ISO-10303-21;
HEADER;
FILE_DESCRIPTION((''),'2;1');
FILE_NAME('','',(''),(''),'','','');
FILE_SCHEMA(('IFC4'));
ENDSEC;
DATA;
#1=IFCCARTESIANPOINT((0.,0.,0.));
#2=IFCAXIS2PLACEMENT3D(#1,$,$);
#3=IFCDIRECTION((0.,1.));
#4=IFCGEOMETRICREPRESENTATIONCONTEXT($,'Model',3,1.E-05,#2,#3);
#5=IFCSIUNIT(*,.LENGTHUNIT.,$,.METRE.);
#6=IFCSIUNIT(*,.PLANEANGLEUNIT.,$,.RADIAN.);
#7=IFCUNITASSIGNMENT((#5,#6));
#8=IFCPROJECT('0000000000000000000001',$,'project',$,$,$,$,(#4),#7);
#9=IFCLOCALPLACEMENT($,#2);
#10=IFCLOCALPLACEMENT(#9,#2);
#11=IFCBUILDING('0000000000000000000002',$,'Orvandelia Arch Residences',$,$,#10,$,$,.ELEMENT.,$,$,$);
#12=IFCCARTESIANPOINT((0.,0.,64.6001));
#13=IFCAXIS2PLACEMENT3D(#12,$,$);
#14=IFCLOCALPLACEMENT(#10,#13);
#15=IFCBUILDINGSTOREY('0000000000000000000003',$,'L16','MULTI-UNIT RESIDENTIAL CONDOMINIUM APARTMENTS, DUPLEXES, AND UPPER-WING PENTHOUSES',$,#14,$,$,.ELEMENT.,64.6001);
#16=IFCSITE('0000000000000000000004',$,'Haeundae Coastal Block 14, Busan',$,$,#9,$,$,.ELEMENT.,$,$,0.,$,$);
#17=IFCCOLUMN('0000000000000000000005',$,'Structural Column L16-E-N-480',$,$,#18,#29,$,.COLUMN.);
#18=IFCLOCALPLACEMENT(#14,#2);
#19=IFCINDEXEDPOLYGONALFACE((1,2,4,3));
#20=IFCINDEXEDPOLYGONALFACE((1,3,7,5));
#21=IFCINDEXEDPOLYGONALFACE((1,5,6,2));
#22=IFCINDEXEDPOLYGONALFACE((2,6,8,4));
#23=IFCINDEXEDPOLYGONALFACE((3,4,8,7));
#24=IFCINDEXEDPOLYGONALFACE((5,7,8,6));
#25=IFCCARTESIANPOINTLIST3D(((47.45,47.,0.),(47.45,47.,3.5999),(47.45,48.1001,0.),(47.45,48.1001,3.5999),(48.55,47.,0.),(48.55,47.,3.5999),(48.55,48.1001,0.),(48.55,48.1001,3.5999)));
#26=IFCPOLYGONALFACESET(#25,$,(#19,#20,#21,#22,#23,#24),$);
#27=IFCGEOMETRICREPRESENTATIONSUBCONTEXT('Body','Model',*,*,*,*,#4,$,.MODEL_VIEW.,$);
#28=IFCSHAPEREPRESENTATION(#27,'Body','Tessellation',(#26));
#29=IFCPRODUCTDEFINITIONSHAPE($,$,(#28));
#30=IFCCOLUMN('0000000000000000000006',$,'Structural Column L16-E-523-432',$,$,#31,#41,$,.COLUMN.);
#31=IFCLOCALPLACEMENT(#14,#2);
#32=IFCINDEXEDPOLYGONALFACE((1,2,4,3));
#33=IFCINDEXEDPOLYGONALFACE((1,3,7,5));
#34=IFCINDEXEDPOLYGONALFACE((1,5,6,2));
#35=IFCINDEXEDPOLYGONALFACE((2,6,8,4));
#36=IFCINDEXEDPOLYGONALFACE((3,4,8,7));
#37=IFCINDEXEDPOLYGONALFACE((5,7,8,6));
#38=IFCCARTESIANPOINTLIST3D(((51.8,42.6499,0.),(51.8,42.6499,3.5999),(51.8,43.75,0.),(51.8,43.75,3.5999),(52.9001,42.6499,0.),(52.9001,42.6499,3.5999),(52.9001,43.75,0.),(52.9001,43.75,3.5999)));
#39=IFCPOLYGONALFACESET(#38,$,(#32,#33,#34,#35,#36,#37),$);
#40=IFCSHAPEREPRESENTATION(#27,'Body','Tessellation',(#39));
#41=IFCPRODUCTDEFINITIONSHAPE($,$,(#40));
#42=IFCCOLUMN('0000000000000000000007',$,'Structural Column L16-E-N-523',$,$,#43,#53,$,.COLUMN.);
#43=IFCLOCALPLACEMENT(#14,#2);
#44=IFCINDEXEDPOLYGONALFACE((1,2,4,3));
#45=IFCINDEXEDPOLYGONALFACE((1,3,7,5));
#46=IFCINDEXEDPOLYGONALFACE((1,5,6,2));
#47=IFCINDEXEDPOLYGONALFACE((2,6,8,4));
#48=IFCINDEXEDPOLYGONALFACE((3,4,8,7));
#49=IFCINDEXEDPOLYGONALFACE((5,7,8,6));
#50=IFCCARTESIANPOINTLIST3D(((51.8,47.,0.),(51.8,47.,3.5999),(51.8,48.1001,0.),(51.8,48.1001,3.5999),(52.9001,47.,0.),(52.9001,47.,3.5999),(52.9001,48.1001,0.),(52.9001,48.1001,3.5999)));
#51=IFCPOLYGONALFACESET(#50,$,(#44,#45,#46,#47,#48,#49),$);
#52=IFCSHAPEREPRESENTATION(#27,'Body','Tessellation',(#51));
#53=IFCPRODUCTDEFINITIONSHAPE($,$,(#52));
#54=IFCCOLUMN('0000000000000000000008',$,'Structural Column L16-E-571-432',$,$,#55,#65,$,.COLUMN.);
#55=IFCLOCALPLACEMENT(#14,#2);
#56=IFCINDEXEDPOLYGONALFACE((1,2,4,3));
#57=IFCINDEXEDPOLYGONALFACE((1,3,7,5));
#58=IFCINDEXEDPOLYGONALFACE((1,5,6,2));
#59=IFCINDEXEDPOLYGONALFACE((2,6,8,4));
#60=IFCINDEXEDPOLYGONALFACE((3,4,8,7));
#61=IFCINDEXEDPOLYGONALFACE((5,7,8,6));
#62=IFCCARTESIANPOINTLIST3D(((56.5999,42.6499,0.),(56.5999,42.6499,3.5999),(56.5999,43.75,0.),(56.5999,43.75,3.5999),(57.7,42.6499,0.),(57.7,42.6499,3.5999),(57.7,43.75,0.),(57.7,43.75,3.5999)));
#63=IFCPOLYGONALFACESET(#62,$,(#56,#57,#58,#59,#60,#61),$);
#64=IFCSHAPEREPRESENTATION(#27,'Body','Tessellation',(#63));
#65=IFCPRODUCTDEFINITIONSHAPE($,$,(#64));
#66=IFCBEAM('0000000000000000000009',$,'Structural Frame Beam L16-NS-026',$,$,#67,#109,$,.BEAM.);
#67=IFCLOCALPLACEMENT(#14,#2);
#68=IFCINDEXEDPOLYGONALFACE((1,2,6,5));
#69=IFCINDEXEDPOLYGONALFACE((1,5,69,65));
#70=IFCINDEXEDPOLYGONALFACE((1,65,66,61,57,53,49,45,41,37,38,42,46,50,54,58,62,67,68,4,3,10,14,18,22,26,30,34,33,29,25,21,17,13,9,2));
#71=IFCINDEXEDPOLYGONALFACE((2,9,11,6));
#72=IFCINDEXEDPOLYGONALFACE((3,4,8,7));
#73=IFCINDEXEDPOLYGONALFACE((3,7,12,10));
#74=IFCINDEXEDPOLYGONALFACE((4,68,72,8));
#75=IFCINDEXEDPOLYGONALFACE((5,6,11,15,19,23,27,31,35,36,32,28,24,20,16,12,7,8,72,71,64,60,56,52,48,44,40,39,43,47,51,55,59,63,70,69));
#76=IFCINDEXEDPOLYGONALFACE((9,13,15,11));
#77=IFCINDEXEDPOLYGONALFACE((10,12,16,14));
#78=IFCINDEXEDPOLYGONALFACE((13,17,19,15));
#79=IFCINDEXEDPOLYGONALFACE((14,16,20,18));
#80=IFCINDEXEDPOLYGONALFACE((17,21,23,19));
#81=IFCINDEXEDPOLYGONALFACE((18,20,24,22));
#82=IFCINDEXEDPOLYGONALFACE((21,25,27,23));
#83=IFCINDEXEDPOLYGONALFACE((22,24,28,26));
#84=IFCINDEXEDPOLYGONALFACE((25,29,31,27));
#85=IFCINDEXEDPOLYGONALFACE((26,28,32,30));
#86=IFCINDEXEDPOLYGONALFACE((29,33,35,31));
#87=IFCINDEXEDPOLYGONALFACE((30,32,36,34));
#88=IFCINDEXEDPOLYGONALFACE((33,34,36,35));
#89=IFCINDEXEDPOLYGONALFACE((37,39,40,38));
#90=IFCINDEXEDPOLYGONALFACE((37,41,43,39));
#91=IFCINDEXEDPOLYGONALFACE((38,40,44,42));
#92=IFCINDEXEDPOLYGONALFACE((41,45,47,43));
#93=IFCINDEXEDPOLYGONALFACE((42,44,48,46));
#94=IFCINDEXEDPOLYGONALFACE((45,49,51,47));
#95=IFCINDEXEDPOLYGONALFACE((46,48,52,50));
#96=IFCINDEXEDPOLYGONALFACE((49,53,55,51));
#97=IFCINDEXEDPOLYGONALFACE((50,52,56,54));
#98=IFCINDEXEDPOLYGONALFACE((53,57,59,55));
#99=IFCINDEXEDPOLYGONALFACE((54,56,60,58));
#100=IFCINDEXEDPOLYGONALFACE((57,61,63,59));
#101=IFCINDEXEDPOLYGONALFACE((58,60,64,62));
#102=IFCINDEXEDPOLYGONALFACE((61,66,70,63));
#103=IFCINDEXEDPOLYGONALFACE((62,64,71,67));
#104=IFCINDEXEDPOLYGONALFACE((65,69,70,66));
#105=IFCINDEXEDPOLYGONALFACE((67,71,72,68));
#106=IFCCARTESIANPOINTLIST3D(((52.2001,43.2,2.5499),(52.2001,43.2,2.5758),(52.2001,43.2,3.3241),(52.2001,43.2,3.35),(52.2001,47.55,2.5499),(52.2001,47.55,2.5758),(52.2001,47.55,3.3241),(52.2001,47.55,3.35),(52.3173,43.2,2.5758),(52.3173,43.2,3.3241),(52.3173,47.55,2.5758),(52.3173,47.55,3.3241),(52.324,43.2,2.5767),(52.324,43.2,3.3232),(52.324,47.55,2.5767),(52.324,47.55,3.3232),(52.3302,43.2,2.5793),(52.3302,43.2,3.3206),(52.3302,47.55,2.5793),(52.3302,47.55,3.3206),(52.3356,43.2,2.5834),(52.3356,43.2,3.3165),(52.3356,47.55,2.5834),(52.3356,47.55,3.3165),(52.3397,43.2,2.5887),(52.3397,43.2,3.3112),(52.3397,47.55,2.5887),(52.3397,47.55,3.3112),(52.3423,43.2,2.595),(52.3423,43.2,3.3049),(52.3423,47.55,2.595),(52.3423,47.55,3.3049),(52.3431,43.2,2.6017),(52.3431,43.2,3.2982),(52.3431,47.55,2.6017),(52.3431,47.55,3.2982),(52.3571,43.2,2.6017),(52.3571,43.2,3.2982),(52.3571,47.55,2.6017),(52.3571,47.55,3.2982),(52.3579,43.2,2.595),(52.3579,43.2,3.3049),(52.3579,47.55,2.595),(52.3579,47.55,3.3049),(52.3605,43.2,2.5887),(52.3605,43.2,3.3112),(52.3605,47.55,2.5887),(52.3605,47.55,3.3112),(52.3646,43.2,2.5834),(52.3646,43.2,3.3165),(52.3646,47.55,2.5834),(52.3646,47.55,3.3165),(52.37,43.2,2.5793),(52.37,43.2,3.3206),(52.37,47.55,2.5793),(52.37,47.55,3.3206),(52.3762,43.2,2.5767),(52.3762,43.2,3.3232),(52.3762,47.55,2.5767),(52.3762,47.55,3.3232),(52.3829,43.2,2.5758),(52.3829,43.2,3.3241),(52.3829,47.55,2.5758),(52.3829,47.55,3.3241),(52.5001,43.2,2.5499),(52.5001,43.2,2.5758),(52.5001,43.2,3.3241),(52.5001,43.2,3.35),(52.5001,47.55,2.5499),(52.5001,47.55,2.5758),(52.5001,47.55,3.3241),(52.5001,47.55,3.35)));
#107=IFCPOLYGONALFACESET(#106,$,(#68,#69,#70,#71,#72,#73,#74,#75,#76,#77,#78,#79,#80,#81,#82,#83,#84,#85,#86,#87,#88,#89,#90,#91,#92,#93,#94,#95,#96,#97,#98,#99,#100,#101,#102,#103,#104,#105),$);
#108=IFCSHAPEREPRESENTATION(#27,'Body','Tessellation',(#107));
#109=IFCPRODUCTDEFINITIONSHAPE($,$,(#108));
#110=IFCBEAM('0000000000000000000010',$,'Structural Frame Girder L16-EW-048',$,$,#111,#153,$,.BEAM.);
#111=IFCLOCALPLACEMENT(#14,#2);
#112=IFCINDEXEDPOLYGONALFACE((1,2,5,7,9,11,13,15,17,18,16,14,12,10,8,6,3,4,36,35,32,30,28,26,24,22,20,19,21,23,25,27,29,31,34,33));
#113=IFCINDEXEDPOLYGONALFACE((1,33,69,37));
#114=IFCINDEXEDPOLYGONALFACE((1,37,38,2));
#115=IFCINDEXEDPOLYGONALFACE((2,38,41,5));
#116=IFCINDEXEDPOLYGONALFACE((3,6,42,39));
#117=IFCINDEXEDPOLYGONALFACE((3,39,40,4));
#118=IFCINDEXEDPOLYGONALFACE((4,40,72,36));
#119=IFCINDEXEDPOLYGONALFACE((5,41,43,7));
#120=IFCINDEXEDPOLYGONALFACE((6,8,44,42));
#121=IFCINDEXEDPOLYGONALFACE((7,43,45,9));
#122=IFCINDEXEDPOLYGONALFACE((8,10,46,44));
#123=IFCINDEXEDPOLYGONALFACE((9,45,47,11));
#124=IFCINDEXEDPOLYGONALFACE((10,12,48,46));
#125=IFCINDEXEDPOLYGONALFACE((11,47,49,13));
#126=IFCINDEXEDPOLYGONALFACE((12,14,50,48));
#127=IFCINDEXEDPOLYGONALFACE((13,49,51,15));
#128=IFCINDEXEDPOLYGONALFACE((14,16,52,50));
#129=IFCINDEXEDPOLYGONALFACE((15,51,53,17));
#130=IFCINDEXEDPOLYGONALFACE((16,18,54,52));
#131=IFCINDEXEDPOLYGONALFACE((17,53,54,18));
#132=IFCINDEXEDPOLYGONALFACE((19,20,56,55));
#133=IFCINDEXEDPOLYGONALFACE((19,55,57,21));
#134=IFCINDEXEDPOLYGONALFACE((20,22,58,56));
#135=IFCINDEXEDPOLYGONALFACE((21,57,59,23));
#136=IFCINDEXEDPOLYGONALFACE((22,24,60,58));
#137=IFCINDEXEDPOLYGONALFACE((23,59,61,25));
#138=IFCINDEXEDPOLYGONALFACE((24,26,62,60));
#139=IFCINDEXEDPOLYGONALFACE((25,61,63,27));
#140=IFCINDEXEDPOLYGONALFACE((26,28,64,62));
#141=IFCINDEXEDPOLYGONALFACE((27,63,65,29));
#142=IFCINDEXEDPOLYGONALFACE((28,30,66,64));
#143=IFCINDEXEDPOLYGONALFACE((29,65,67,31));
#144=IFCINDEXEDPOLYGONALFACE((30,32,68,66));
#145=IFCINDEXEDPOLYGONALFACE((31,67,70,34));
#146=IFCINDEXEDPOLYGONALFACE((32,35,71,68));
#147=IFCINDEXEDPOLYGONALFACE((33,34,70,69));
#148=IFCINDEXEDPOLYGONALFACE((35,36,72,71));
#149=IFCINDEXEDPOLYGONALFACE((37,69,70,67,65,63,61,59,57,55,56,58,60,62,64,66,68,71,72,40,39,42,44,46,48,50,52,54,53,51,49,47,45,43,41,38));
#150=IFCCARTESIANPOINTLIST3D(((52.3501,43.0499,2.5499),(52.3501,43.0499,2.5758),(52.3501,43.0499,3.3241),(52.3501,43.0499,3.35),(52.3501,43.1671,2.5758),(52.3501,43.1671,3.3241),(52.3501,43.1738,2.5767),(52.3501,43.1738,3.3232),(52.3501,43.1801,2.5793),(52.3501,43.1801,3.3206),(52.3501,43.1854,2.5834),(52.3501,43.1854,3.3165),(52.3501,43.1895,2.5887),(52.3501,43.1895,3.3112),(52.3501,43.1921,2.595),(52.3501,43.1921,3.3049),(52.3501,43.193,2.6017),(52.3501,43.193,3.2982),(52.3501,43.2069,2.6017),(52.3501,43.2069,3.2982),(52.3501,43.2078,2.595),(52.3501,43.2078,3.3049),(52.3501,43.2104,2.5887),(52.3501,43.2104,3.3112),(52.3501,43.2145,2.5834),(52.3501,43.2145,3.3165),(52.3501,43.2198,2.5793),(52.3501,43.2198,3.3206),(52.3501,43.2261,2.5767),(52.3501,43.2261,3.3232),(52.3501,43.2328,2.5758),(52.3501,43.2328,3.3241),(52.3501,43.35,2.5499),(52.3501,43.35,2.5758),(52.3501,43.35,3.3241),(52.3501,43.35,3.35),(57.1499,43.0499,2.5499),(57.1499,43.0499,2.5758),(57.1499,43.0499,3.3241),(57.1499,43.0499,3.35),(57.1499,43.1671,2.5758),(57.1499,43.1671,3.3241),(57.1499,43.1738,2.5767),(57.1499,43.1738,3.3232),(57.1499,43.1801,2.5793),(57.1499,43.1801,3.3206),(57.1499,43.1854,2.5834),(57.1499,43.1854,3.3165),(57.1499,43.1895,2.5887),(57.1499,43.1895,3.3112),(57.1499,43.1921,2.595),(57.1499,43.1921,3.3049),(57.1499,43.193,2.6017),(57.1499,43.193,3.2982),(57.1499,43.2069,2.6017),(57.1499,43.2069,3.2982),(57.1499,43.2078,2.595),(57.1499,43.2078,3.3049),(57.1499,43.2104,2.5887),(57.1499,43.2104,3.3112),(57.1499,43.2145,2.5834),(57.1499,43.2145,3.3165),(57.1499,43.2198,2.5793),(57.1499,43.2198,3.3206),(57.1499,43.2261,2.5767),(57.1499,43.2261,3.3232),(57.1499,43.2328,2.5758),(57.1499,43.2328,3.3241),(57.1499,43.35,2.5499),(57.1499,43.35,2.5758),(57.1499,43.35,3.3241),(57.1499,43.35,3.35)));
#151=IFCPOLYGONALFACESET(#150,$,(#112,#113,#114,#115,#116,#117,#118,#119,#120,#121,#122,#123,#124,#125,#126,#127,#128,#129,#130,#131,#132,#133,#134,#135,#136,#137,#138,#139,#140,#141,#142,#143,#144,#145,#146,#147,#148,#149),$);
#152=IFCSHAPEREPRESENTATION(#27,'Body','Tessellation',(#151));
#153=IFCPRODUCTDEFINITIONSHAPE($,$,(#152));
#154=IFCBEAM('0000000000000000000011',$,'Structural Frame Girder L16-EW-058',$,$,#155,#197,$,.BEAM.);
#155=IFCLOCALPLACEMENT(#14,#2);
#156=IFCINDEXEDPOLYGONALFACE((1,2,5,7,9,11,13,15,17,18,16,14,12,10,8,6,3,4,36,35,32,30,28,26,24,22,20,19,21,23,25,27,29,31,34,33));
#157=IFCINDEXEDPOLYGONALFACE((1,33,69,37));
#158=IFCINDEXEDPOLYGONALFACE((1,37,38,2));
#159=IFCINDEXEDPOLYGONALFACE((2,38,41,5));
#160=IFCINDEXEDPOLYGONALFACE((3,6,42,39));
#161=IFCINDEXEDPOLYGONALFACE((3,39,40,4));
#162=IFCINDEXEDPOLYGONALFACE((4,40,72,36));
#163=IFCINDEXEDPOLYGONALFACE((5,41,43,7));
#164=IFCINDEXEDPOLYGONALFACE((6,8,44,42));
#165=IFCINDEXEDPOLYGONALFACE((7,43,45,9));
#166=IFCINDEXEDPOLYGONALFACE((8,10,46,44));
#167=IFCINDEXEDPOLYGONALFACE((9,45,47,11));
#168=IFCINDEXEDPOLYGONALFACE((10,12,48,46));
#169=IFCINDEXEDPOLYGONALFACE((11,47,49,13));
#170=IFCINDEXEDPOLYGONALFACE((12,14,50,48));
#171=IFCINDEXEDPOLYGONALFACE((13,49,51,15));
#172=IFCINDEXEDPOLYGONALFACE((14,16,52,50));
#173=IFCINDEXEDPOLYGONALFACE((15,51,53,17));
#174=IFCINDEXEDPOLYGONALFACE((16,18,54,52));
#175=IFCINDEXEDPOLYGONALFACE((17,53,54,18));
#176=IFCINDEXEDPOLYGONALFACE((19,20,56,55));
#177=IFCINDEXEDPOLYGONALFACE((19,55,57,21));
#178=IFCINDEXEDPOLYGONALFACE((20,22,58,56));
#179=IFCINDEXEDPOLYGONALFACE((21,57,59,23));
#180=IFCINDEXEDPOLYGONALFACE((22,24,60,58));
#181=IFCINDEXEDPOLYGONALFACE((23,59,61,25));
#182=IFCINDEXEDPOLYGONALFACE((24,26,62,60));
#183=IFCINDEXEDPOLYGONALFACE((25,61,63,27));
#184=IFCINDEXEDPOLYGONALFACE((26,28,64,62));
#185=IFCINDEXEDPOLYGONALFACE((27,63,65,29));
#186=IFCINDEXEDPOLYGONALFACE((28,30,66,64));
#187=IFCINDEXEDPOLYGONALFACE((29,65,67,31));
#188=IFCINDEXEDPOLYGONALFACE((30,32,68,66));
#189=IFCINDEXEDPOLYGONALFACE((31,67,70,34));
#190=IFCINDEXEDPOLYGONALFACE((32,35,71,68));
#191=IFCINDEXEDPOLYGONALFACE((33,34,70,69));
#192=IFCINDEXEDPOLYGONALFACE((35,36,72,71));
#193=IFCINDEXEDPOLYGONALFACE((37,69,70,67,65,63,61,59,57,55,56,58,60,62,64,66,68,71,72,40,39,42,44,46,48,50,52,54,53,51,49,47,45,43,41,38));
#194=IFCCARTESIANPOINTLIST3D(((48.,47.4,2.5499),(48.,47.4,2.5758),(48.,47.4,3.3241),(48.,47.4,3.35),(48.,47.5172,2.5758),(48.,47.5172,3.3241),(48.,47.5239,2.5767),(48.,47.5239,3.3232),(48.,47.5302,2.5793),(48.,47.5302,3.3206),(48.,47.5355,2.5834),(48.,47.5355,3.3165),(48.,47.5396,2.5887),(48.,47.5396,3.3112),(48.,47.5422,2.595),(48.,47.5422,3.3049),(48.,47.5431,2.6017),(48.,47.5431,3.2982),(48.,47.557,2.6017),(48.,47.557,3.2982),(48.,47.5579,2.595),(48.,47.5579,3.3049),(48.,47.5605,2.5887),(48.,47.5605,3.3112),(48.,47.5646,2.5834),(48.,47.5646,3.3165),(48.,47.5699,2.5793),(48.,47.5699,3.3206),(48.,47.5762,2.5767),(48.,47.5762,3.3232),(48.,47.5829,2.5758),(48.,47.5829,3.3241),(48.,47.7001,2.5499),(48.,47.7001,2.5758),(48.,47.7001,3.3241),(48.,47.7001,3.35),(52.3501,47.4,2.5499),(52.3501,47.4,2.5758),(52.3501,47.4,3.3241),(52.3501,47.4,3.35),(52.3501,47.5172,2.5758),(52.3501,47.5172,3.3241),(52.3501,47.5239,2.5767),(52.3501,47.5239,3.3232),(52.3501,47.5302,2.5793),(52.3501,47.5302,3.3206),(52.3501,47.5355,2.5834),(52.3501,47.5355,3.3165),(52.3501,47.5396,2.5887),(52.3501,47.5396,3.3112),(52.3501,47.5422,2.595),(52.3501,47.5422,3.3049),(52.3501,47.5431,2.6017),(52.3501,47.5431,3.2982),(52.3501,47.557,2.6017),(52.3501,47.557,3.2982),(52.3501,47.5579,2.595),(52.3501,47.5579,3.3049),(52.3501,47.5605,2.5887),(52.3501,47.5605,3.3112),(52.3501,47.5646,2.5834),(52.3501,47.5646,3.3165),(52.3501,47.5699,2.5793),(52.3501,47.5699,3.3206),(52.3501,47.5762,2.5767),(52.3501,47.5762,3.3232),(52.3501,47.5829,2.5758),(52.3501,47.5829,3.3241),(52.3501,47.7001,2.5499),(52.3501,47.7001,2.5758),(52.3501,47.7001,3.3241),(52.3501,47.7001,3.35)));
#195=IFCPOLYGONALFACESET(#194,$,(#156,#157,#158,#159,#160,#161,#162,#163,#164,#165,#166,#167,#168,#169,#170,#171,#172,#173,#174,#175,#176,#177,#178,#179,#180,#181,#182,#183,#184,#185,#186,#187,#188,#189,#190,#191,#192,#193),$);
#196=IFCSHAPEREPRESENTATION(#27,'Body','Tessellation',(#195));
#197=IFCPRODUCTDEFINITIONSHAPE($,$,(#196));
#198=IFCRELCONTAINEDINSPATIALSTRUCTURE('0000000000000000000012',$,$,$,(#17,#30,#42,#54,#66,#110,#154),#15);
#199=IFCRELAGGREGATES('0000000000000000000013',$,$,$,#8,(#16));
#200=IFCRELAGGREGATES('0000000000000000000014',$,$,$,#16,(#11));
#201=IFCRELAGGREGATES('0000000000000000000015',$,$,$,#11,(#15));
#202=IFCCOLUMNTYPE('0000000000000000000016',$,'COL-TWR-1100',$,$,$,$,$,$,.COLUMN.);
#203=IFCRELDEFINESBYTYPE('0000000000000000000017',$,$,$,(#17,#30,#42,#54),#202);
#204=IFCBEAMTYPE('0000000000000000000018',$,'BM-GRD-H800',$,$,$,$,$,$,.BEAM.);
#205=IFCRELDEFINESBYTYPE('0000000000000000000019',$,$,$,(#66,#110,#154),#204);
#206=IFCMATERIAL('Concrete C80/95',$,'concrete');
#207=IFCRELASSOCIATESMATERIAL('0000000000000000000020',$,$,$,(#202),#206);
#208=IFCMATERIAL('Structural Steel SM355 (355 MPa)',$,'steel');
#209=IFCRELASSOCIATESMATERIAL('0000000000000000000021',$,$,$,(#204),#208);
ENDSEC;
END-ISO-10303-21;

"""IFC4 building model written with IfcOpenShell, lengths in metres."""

from ifc_helpers import new_model, si_unit, direction, frame, origin, origin_2d, place, context, subcontext, project, spatial, rectangle, i_section, extrude, material, material_profile, profile_set, type_object, element, save


model = new_model("IFC4")

# Units and contexts
model_context = context("Model", 3, precision=1e-05, world=origin(), true_north=direction((0.0, 1.0)))
body_context = subcontext(model_context, "Body", "Model", "MODEL_VIEW")
ifc_project = project(units=[si_unit("LENGTHUNIT", "METRE"), si_unit("PLANEANGLEUNIT", "RADIAN")], contexts=[model_context])

# Site, building, storey
site_placement = place(None, origin())
site = spatial("IfcSite", under=ifc_project, at=site_placement, Name="Haeundae Coastal Block 14, Busan", CompositionType="ELEMENT", RefElevation=0.0)
building_placement = place(site_placement, origin())
building = spatial("IfcBuilding", under=site, at=building_placement, Name="Orvandelia Arch Residences", CompositionType="ELEMENT")
storey_placement = place(building_placement, frame((0.0, 0.0, 64.6001)))
storey = spatial("IfcBuildingStorey", under=building, at=storey_placement, Name="L16", Description="MULTI-UNIT RESIDENTIAL CONDOMINIUM APARTMENTS, DUPLEXES, AND UPPER-WING PENTHOUSES", CompositionType="ELEMENT", Elevation=64.6001)

# Columns
ifc_material_1 = material(Name="Concrete C80/95", Category="concrete")
ifc_material_profile_1 = material_profile(ifc_material_1, rectangle(XDim=1.1001, YDim=1.1001, at=origin_2d()), Name="Concrete C80/95", Category="concrete")
ifc_profile_set_1 = profile_set([ifc_material_profile_1], Name="Concrete C80/95")
column_type = type_object("IfcColumnType", Name="COL-TWR-1100", PredefinedType="COLUMN", material=ifc_profile_set_1)
for number, where, z_axis, x_axis, name in (
    (1, (48.0, 47.55, 0.0), (0.0, 0.0, 1.0), (1.0, 0.0, 0.0), "Structural Column L16-E-N-480"),
    (2, (52.3501, 43.2, 0.0), (0.0, 0.0, 1.0), (1.0, 0.0, 0.0), "Structural Column L16-E-523-432"),
    (3, (52.3501, 47.55, 0.0), (0.0, 0.0, 1.0), (1.0, 0.0, 0.0), "Structural Column L16-E-N-523"),
    (4, (57.1499, 43.2, 0.0), (0.0, 0.0, 1.0), (1.0, 0.0, 0.0), "Structural Column L16-E-571-432"),
):
    element("IfcColumn", number, at=place(storey_placement, frame(where, z_axis=z_axis, x_axis=x_axis)), inside=storey, type_object=column_type, Name=name, PredefinedType="COLUMN", context=body_context, shape_type="SweptSolid", body=[
        extrude(rectangle(XDim=1.1001, YDim=1.1001, at=origin_2d()), origin(), (0.0, 0.0, 1.0), 3.5999),
    ])

# Beams
ifc_material_2 = material(Name="Structural Steel SM355 (355 MPa)", Category="steel")
ifc_material_profile_2 = material_profile(ifc_material_2, i_section(OverallWidth=0.3, OverallDepth=0.8, WebThickness=0.0139, FlangeThickness=0.0259, FilletRadius=0.0259, at=origin_2d()), Name="Structural Steel SM355 (355 MPa)", Category="steel")
ifc_profile_set_2 = profile_set([ifc_material_profile_2], Name="Structural Steel SM355 (355 MPa)")
beam_type = type_object("IfcBeamType", Name="BM-GRD-H800", PredefinedType="BEAM", material=ifc_profile_set_2)
beam_1_placement = place(storey_placement, frame((52.3501, 43.2, 2.95), z_axis=(0.0, 1.0, 0.0), x_axis=(-1.0, 0.0, 0.0)))
element("IfcBeam", 5, at=beam_1_placement, inside=storey, type_object=beam_type, Name="Structural Frame Beam L16-NS-026", PredefinedType="BEAM", context=body_context, shape_type="SweptSolid", body=[
    extrude(i_section(OverallWidth=0.3, OverallDepth=0.8, WebThickness=0.0139, FlangeThickness=0.0259, FilletRadius=0.0259, at=origin_2d()), origin(), (0.0, 0.0, 1.0), 4.3501),
])
beam_2_placement = place(storey_placement, frame((52.3501, 43.2, 2.95), z_axis=(1.0, 0.0, 0.0), x_axis=(0.0, 1.0, 0.0)))
element("IfcBeam", 6, at=beam_2_placement, inside=storey, type_object=beam_type, Name="Structural Frame Girder L16-EW-048", PredefinedType="BEAM", context=body_context, shape_type="SweptSolid", body=[
    extrude(i_section(OverallWidth=0.3, OverallDepth=0.8, WebThickness=0.0139, FlangeThickness=0.0259, FilletRadius=0.0259, at=origin_2d()), origin(), (0.0, 0.0, 1.0), 4.7998),
])
beam_3_placement = place(storey_placement, frame((48.0, 47.55, 2.95), z_axis=(1.0, 0.0, 0.0), x_axis=(0.0, 1.0, 0.0)))
element("IfcBeam", 7, at=beam_3_placement, inside=storey, type_object=beam_type, Name="Structural Frame Girder L16-EW-058", PredefinedType="BEAM", context=body_context, shape_type="SweptSolid", body=[
    extrude(i_section(OverallWidth=0.3, OverallDepth=0.8, WebThickness=0.0139, FlangeThickness=0.0259, FilletRadius=0.0259, at=origin_2d()), origin(), (0.0, 0.0, 1.0), 4.3501),
])

save(model, "model.ifc")
